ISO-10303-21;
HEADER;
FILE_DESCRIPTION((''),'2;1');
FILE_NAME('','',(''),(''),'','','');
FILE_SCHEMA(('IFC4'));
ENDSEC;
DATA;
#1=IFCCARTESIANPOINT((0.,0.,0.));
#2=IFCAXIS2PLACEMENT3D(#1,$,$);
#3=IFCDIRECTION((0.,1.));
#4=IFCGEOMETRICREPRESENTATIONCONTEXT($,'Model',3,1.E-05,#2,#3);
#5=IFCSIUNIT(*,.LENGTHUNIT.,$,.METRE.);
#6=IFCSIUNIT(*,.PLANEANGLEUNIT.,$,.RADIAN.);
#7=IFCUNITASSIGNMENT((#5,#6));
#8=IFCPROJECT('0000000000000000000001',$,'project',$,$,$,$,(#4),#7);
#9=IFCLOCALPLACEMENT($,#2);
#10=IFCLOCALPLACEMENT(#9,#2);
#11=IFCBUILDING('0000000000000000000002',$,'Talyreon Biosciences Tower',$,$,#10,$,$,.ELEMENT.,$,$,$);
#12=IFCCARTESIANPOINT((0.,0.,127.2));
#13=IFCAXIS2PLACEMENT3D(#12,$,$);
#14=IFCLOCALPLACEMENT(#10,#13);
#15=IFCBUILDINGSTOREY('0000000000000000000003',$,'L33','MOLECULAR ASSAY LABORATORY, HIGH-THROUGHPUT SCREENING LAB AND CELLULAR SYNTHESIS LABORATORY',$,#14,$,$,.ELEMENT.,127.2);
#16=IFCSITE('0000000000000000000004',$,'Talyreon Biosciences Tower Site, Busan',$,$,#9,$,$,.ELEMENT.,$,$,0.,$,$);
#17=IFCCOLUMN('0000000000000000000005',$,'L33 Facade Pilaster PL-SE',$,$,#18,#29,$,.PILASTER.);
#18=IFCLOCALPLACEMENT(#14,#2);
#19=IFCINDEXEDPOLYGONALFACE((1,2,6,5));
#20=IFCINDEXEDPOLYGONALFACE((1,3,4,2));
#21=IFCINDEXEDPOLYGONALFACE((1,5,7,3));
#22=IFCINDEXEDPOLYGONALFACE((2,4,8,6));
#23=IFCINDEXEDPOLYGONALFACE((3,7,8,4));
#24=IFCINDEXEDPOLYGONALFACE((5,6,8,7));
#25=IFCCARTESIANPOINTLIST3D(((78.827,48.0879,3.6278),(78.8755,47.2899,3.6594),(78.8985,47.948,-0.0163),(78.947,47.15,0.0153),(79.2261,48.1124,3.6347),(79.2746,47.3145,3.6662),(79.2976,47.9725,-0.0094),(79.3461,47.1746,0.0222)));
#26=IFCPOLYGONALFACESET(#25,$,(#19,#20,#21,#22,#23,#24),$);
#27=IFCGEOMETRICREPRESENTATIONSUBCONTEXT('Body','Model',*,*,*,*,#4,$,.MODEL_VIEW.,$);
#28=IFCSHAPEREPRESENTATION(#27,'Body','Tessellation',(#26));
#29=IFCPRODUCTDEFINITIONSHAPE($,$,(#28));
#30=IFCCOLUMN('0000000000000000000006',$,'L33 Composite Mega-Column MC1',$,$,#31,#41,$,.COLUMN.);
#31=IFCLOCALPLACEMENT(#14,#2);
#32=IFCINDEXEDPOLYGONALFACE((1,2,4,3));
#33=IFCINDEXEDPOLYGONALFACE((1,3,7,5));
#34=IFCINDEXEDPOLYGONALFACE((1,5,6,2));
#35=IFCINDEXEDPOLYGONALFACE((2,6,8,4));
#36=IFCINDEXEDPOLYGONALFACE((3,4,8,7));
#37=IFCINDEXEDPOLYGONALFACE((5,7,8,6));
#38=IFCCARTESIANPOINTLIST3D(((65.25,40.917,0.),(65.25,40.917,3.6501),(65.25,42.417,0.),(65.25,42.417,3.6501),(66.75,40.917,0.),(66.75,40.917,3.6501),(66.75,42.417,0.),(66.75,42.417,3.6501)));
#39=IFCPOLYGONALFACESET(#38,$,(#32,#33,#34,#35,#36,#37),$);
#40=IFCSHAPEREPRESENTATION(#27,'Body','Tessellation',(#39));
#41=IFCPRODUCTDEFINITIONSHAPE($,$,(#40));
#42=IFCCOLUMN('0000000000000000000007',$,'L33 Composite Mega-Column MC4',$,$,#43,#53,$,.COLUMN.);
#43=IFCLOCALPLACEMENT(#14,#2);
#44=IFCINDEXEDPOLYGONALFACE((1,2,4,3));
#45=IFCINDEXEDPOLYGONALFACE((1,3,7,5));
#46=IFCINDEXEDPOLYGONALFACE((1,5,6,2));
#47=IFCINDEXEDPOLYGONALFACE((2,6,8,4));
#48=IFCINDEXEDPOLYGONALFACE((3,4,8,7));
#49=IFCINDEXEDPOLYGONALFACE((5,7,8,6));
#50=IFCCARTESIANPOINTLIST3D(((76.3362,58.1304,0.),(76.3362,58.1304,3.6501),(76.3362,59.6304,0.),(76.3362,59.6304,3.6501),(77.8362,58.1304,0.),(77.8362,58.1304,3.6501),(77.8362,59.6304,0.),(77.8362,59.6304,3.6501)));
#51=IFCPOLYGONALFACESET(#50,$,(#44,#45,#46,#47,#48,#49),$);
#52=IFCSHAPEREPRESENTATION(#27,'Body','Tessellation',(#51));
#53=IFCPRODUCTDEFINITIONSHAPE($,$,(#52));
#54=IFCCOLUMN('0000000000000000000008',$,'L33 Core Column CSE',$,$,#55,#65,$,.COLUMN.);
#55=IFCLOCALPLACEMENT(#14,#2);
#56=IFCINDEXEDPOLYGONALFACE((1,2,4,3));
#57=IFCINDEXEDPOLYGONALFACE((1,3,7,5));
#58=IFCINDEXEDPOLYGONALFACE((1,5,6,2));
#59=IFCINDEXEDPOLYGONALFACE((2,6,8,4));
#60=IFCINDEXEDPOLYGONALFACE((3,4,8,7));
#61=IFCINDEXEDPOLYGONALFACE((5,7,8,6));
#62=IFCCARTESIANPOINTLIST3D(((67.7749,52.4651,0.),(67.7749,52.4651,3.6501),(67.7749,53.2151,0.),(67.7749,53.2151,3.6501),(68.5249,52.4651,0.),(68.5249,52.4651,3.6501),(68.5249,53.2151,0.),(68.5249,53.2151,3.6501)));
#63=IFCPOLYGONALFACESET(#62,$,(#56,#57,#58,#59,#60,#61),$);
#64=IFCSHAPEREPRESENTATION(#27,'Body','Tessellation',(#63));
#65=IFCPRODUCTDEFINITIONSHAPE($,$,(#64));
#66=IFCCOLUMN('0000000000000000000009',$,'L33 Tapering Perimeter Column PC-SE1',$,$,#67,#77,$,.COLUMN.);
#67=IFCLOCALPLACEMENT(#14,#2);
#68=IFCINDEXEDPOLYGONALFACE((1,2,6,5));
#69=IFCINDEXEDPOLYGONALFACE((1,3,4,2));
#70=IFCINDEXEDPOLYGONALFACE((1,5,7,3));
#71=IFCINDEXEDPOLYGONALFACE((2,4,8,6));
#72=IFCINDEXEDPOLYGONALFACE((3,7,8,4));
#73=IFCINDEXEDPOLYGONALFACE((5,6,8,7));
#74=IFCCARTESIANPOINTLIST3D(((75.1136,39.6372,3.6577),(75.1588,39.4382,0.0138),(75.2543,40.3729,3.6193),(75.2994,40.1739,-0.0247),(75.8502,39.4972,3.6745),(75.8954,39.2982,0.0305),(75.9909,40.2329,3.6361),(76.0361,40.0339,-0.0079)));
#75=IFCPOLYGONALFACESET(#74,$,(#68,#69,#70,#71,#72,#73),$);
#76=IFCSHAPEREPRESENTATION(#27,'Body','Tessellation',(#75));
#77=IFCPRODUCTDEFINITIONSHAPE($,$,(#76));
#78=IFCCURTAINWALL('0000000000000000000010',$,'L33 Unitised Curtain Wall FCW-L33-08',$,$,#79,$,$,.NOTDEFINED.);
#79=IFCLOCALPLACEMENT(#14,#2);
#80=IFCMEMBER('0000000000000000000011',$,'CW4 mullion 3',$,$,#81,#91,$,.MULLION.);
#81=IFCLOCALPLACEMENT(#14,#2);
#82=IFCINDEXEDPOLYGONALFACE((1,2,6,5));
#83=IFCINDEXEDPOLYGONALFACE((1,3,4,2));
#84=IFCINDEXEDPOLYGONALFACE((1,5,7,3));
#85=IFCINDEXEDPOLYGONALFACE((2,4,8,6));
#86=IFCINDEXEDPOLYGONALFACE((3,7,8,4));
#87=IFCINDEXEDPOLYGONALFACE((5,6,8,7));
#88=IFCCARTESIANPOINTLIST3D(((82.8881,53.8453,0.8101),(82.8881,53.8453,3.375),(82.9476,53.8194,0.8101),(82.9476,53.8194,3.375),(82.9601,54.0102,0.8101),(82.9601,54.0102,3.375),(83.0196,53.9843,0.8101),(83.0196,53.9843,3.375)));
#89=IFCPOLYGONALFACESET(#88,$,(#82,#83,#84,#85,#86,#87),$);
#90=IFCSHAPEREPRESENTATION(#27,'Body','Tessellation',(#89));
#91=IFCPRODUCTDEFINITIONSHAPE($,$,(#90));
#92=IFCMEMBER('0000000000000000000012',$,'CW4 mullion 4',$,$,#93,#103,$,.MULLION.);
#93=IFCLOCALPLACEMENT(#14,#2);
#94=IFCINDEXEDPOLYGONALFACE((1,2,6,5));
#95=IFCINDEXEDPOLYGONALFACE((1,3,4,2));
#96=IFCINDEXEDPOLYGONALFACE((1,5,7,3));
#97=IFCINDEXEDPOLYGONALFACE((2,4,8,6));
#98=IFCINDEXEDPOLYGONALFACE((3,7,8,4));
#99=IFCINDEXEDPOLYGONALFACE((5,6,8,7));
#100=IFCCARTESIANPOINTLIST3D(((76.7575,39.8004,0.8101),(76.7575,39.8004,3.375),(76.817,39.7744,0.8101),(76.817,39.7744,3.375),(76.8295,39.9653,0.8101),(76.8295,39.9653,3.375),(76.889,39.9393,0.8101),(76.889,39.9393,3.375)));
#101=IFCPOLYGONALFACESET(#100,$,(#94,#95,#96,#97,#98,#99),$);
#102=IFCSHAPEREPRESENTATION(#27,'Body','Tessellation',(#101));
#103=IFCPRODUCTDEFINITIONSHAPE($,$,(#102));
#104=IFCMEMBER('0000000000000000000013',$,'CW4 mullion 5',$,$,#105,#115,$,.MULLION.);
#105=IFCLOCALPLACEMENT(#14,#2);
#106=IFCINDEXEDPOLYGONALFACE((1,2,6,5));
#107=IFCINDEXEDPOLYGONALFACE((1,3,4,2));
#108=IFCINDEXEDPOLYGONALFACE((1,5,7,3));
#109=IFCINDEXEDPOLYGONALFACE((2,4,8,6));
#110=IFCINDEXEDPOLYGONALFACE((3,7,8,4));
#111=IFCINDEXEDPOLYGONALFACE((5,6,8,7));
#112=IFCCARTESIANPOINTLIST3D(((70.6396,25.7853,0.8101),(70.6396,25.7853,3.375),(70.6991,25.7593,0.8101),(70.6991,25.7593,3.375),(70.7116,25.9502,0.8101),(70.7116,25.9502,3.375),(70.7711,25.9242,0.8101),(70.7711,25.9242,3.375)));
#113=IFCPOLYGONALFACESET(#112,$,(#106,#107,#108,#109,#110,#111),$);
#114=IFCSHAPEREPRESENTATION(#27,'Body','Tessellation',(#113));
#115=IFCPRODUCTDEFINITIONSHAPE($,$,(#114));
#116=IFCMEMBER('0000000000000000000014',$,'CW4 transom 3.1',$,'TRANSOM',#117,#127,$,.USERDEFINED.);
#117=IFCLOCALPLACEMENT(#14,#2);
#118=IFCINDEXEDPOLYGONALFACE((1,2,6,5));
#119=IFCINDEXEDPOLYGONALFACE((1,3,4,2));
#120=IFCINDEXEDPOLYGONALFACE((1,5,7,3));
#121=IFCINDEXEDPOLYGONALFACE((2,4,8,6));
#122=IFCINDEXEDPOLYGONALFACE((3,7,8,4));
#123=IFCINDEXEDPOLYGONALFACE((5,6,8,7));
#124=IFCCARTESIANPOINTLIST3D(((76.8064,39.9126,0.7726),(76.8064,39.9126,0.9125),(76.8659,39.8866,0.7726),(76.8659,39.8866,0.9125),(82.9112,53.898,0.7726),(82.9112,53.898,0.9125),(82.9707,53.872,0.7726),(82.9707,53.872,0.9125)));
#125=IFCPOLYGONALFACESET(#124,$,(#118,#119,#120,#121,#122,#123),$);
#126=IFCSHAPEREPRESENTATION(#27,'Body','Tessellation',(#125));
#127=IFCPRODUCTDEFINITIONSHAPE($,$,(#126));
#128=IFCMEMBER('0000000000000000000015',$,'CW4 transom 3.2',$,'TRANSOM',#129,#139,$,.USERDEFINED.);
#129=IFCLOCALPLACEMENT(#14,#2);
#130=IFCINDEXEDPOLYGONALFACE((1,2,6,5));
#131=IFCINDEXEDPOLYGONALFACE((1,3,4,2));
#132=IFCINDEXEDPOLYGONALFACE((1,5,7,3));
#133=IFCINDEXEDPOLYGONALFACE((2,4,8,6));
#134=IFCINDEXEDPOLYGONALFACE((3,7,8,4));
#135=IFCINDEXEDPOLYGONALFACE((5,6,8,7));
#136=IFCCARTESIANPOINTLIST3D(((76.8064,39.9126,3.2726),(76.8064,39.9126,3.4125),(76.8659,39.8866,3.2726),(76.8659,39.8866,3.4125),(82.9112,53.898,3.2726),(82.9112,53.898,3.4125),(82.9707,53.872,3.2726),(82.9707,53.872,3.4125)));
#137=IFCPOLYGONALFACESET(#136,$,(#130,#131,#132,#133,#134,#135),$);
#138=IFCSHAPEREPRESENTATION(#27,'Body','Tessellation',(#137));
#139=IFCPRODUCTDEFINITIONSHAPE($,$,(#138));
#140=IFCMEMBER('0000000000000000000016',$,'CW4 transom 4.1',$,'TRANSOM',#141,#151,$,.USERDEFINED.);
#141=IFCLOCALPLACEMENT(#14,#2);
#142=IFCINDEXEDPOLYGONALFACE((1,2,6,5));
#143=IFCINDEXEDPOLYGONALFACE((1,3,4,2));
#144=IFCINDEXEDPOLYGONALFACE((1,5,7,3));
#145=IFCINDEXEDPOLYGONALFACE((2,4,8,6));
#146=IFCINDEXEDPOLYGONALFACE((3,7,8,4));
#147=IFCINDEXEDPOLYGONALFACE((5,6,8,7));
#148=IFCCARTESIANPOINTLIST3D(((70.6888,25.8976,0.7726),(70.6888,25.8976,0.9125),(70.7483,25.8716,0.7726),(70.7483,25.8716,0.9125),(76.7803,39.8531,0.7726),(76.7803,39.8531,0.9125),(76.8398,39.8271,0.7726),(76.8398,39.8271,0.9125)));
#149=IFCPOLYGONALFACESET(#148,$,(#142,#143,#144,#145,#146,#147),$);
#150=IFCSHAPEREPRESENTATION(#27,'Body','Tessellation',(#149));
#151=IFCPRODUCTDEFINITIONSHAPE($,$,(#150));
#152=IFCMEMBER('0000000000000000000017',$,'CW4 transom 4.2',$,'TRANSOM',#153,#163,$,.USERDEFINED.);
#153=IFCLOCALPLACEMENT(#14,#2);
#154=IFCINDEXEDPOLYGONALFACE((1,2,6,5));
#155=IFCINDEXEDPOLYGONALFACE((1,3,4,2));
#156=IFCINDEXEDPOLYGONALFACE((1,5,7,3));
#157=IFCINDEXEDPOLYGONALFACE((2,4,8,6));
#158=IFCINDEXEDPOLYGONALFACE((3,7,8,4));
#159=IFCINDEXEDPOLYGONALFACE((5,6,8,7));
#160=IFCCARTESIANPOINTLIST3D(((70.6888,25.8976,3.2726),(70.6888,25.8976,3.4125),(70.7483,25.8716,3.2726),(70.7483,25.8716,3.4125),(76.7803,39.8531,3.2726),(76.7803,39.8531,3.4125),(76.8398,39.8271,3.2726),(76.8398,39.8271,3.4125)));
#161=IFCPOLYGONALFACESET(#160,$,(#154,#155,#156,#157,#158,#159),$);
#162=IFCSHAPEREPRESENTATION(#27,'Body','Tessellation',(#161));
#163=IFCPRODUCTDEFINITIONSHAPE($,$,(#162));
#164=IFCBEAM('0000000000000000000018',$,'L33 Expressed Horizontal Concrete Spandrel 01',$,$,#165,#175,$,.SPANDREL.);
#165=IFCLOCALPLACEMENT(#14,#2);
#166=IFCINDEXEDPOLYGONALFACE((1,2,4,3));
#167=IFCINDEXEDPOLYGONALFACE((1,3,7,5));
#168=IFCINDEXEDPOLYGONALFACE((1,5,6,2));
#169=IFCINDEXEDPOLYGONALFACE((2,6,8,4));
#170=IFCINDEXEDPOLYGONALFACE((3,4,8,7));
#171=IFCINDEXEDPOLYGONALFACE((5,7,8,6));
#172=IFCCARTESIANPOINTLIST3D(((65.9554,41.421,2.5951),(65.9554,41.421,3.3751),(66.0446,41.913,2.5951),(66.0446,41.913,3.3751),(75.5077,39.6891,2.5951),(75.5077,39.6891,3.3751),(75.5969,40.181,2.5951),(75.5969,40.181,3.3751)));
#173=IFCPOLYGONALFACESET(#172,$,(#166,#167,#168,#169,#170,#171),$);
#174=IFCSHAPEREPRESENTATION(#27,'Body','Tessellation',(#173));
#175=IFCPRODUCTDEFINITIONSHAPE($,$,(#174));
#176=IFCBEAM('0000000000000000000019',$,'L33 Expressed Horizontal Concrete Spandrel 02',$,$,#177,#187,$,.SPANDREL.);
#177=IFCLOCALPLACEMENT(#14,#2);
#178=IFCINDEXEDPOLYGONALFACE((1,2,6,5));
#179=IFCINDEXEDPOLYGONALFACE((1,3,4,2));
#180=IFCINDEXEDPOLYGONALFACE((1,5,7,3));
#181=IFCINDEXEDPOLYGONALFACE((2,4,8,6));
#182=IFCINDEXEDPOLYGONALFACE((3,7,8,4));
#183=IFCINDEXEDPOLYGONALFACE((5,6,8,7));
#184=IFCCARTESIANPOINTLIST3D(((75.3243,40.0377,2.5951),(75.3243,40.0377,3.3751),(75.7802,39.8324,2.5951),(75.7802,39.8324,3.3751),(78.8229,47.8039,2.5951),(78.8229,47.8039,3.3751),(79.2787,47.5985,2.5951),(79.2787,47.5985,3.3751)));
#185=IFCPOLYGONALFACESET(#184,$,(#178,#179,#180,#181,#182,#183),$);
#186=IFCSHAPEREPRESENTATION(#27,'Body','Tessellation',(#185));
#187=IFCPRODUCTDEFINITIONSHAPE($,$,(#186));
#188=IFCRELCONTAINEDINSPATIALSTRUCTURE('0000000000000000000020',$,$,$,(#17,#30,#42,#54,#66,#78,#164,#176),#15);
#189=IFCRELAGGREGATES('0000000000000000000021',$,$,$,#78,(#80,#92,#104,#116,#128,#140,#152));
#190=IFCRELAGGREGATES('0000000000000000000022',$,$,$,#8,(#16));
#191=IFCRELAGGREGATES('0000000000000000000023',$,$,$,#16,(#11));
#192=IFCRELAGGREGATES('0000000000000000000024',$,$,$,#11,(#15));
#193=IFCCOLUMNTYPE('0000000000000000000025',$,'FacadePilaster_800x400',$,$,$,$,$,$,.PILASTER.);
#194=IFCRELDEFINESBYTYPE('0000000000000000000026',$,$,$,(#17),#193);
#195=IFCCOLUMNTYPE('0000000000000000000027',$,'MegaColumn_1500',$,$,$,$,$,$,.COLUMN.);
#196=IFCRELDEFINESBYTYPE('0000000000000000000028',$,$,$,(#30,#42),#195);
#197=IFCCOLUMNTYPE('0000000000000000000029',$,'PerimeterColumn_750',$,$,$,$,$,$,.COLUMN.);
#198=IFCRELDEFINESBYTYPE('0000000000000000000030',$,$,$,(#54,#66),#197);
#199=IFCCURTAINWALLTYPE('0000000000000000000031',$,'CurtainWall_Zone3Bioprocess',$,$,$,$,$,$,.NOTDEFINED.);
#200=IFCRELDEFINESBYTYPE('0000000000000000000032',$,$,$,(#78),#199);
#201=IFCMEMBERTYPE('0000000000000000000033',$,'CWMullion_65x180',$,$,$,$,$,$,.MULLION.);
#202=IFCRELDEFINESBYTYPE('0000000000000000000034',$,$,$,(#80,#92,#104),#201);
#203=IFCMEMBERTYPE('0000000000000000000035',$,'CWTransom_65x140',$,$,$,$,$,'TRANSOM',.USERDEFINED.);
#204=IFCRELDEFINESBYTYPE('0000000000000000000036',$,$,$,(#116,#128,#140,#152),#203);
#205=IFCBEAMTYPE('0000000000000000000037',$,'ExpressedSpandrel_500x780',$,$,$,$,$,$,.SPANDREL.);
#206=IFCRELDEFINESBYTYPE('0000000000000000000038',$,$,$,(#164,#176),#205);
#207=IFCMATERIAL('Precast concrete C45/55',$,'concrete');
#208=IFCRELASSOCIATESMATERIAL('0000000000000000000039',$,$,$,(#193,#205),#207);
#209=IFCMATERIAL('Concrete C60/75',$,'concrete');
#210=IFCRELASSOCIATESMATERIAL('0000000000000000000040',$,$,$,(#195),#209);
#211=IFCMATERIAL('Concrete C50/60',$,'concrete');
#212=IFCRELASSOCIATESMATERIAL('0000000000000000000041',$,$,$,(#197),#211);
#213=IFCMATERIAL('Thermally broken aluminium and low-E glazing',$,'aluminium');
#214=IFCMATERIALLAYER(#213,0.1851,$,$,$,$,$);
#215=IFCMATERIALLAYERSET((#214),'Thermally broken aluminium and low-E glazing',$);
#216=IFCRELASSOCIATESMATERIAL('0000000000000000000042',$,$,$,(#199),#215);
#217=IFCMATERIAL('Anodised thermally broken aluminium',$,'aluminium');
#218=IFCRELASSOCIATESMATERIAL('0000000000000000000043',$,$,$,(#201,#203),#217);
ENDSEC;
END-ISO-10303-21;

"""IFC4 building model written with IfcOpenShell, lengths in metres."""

from ifc_helpers import new_model, si_unit, direction, frame, origin, origin_2d, place, context, subcontext, project, spatial, rectangle, extrude, material, layer, layer_set, material_profile, profile_set, type_object, element, aggregate, save


model = new_model("IFC4")

# Units and contexts
model_context = context("Model", 3, precision=1e-05, world=origin(), true_north=direction((0.0, 1.0)))
body_context = subcontext(model_context, "Body", "Model", "MODEL_VIEW")
ifc_project = project(units=[si_unit("LENGTHUNIT", "METRE"), si_unit("PLANEANGLEUNIT", "RADIAN")], contexts=[model_context])

# Site, building, storey
site_placement = place(None, origin())
site = spatial("IfcSite", under=ifc_project, at=site_placement, Name="Talyreon Biosciences Tower Site, Busan", CompositionType="ELEMENT", RefElevation=0.0)
building_placement = place(site_placement, origin())
building = spatial("IfcBuilding", under=site, at=building_placement, Name="Talyreon Biosciences Tower", CompositionType="ELEMENT")
storey_placement = place(building_placement, frame((0.0, 0.0, 127.2)))
storey = spatial("IfcBuildingStorey", under=building, at=storey_placement, Name="L33", Description="MOLECULAR ASSAY LABORATORY, HIGH-THROUGHPUT SCREENING LAB AND CELLULAR SYNTHESIS LABORATORY", CompositionType="ELEMENT", Elevation=127.2)

# Columns
ifc_material_1 = material(Name="Precast concrete C45/55", Category="concrete")
ifc_material_profile_1 = material_profile(ifc_material_1, rectangle(XDim=0.8, YDim=0.3999, at=origin_2d()), Name="RC 800x400")
ifc_profile_set_1 = profile_set([ifc_material_profile_1], Name="Precast concrete C45/55")
column_type_1 = type_object("IfcColumnType", Name="FacadePilaster_800x400", PredefinedType="PILASTER", material=ifc_profile_set_1)
column_1_placement = place(storey_placement, frame((79.1223, 47.5613, 0.0029), z_axis=(-0.019612, 0.038354, 0.999072), x_axis=(0.060673, -0.997377, 0.03948)))
element("IfcColumn", 1, at=column_1_placement, inside=storey, type_object=column_type_1, Name="L33 Facade Pilaster PL-SE", PredefinedType="PILASTER", context=body_context, shape_type="SweptSolid", body=[
    extrude(rectangle(XDim=0.8, YDim=0.3999, at=origin_2d()), origin(), (0.0, 0.0, 1.0), 3.6475),
])
ifc_material_2 = material(Name="Concrete C60/75", Category="concrete")
ifc_material_profile_2 = material_profile(ifc_material_2, rectangle(XDim=1.5, YDim=1.5, at=origin_2d()), Name="RC 1500x1500")
ifc_profile_set_2 = profile_set([ifc_material_profile_2], Name="Concrete C60/75")
column_type_2 = type_object("IfcColumnType", Name="MegaColumn_1500", PredefinedType="COLUMN", material=ifc_profile_set_2)
for number, where, z_axis, x_axis, name in (
    (2, (66.0, 41.667, 0.0), (0.0, 0.0, 1.0), (1.0, 0.0, 0.0), "L33 Composite Mega-Column MC1"),
    (3, (77.0862, 58.8804, 0.0), (0.0, 0.0, 1.0), (1.0, 0.0, 0.0), "L33 Composite Mega-Column MC4"),
):
    element("IfcColumn", number, at=place(storey_placement, frame(where, z_axis=z_axis, x_axis=x_axis)), inside=storey, type_object=column_type_2, Name=name, PredefinedType="COLUMN", context=body_context, shape_type="SweptSolid", body=[
        extrude(rectangle(XDim=1.5, YDim=1.5, at=origin_2d()), origin(), (0.0, 0.0, 1.0), 3.6501),
    ])
ifc_material_3 = material(Name="Concrete C50/60", Category="concrete")
ifc_material_profile_3 = material_profile(ifc_material_3, rectangle(XDim=0.75, YDim=0.75, at=origin_2d()), Name="RC 750x750")
ifc_profile_set_3 = profile_set([ifc_material_profile_3], Name="Concrete C50/60")
column_type_3 = type_object("IfcColumnType", Name="PerimeterColumn_750", PredefinedType="COLUMN", material=ifc_profile_set_3)
column_2_placement = place(storey_placement, frame((68.1499, 52.8401, 0.0), z_axis=(0.0, 0.0, 1.0), x_axis=(1.0, 0.0, 0.0)))
element("IfcColumn", 4, at=column_2_placement, inside=storey, type_object=column_type_3, Name="L33 Core Column CSE", PredefinedType="COLUMN", context=body_context, shape_type="SweptSolid", body=[
    extrude(rectangle(XDim=0.75, YDim=0.75, at=origin_2d()), origin(), (0.0, 0.0, 1.0), 3.6501),
])
column_3_placement = place(storey_placement, frame((75.5974, 39.7361, 0.0029), z_axis=(-0.012375, 0.054517, 0.998436), x_axis=(-0.187577, -0.980913, 0.051236)))
element("IfcColumn", 5, at=column_3_placement, inside=storey, type_object=column_type_3, Name="L33 Tapering Perimeter Column PC-SE1", PredefinedType="COLUMN", context=body_context, shape_type="SweptSolid", body=[
    extrude(rectangle(XDim=0.75, YDim=0.75, at=origin_2d()), origin(), (0.0, 0.0, 1.0), 3.6497),
])

# Curtain wall, members
ifc_material_4 = material(Name="Thermally broken aluminium and low-E glazing", Category="aluminium")
ifc_layer_1 = layer(ifc_material_4, 0.1851)
ifc_layer_set_1 = layer_set([ifc_layer_1], Name="Thermally broken aluminium and low-E glazing")
curtain_wall_type = type_object("IfcCurtainWallType", Name="CurtainWall_Zone3Bioprocess", PredefinedType="NOTDEFINED", material=ifc_layer_set_1)
curtain_wall_placement = place(storey_placement, origin())
curtain_wall = element("IfcCurtainWall", 6, at=curtain_wall_placement, inside=storey, type_object=curtain_wall_type, Name="L33 Unitised Curtain Wall FCW-L33-08", PredefinedType="NOTDEFINED")
ifc_material_5 = material(Name="Anodised thermally broken aluminium", Category="aluminium")
ifc_material_profile_4 = material_profile(ifc_material_5, rectangle(XDim=0.0649, YDim=0.1799, at=origin_2d()), Name="ALUM MULLION 65x180")
ifc_profile_set_4 = profile_set([ifc_material_profile_4], Name="Anodised thermally broken aluminium")
member_type_1 = type_object("IfcMemberType", Name="CWMullion_65x180", PredefinedType="MULLION", material=ifc_profile_set_4)
member_1_placement = place(storey_placement, frame((82.9539, 53.9148, 0.8101), z_axis=(0.0, 0.0, 1.0), x_axis=(0.91649, -0.400058, 0.0)))
member_1 = element("IfcMember", 7, at=member_1_placement, type_object=member_type_1, Name="CW4 mullion 3", PredefinedType="MULLION", context=body_context, shape_type="SweptSolid", body=[
    extrude(rectangle(XDim=0.0649, YDim=0.1799, at=origin_2d()), origin(), (0.0, 0.0, 1.0), 2.5649),
])
member_2_placement = place(storey_placement, frame((76.8232, 39.8699, 0.8101), z_axis=(0.0, 0.0, 1.0), x_axis=(0.91649, -0.400058, 0.0)))
member_2 = element("IfcMember", 8, at=member_2_placement, type_object=member_type_1, Name="CW4 mullion 4", PredefinedType="MULLION", context=body_context, shape_type="SweptSolid", body=[
    extrude(rectangle(XDim=0.0649, YDim=0.1799, at=origin_2d()), origin(), (0.0, 0.0, 1.0), 2.5649),
])
member_3_placement = place(storey_placement, frame((70.7053, 25.8547, 0.8101), z_axis=(0.0, 0.0, 1.0), x_axis=(0.91649, -0.400058, 0.0)))
member_3 = element("IfcMember", 9, at=member_3_placement, type_object=member_type_1, Name="CW4 mullion 5", PredefinedType="MULLION", context=body_context, shape_type="SweptSolid", body=[
    extrude(rectangle(XDim=0.0649, YDim=0.1799, at=origin_2d()), origin(), (0.0, 0.0, 1.0), 2.5649),
])
ifc_material_profile_5 = material_profile(ifc_material_5, rectangle(XDim=0.0649, YDim=0.1399, at=origin_2d()), Name="ALUM TRANSOM 65x140")
ifc_profile_set_5 = profile_set([ifc_material_profile_5], Name="Anodised thermally broken aluminium")
member_type_2 = type_object("IfcMemberType", Name="CWTransom_65x140", ElementType="TRANSOM", PredefinedType="USERDEFINED", material=ifc_profile_set_5)
member_4_placement = place(storey_placement, frame((82.9409, 53.885, 0.8425), z_axis=(-0.400057, -0.91649, 0.0), x_axis=(0.91649, -0.400057, 0.0)))
member_4 = element("IfcMember", 10, at=member_4_placement, type_object=member_type_2, Name="CW4 transom 3.1", ObjectType="TRANSOM", PredefinedType="USERDEFINED", context=body_context, shape_type="SweptSolid", body=[
    extrude(rectangle(XDim=0.0649, YDim=0.1399, at=origin_2d()), origin(), (0.0, 0.0, 1.0), 15.2598),
])
member_5_placement = place(storey_placement, frame((82.9409, 53.885, 3.3425), z_axis=(-0.400057, -0.91649, 0.0), x_axis=(0.91649, -0.400057, 0.0)))
member_5 = element("IfcMember", 11, at=member_5_placement, type_object=member_type_2, Name="CW4 transom 3.2", ObjectType="TRANSOM", PredefinedType="USERDEFINED", context=body_context, shape_type="SweptSolid", body=[
    extrude(rectangle(XDim=0.0649, YDim=0.1399, at=origin_2d()), origin(), (0.0, 0.0, 1.0), 15.2598),
])
member_6_placement = place(storey_placement, frame((76.8101, 39.8401, 0.8425), z_axis=(-0.400047, -0.916495, 0.0), x_axis=(0.916495, -0.400047, 0.0)))
member_6 = element("IfcMember", 12, at=member_6_placement, type_object=member_type_2, Name="CW4 transom 4.1", ObjectType="TRANSOM", PredefinedType="USERDEFINED", context=body_context, shape_type="SweptSolid", body=[
    extrude(rectangle(XDim=0.0649, YDim=0.1399, at=origin_2d()), origin(), (0.0, 0.0, 1.0), 15.2271),
])
member_7_placement = place(storey_placement, frame((76.8101, 39.8401, 3.3425), z_axis=(-0.400047, -0.916495, 0.0), x_axis=(0.916495, -0.400047, 0.0)))
member_7 = element("IfcMember", 13, at=member_7_placement, type_object=member_type_2, Name="CW4 transom 4.2", ObjectType="TRANSOM", PredefinedType="USERDEFINED", context=body_context, shape_type="SweptSolid", body=[
    extrude(rectangle(XDim=0.0649, YDim=0.1399, at=origin_2d()), origin(), (0.0, 0.0, 1.0), 15.2271),
])

# Beams
ifc_material_profile_6 = material_profile(ifc_material_1, rectangle(XDim=0.5, YDim=0.78, at=origin_2d()), Name="RCB 500x780")
ifc_profile_set_6 = profile_set([ifc_material_profile_6], Name="Precast concrete C45/55")
beam_type_1 = type_object("IfcBeamType", Name="ExpressedSpandrel_500x780", PredefinedType="SPANDREL", material=ifc_profile_set_6)
beam_1_placement = place(storey_placement, frame((66.0, 41.667, 2.9851), z_axis=(0.983958, -0.178403, 0.0), x_axis=(0.178403, 0.983958, 0.0)))
element("IfcBeam", 14, at=beam_1_placement, inside=storey, type_object=beam_type_1, Name="L33 Expressed Horizontal Concrete Spandrel 01", PredefinedType="SPANDREL", context=body_context, shape_type="SweptSolid", body=[
    extrude(rectangle(XDim=0.5, YDim=0.78, at=origin_2d()), origin(), (0.0, 0.0, 1.0), 9.708),
])
beam_2_placement = place(storey_placement, frame((75.5522, 39.9351, 2.9851), z_axis=(0.410734, 0.911755, 0.0), x_axis=(-0.911755, 0.410734, 0.0)))
element("IfcBeam", 15, at=beam_2_placement, inside=storey, type_object=beam_type_1, Name="L33 Expressed Horizontal Concrete Spandrel 02", PredefinedType="SPANDREL", context=body_context, shape_type="SweptSolid", body=[
    extrude(rectangle(XDim=0.5, YDim=0.78, at=origin_2d()), origin(), (0.0, 0.0, 1.0), 8.5178),
])

aggregate(curtain_wall, [member_1, member_2, member_3, member_4, member_5, member_6, member_7])

save(model, "model.ifc")
